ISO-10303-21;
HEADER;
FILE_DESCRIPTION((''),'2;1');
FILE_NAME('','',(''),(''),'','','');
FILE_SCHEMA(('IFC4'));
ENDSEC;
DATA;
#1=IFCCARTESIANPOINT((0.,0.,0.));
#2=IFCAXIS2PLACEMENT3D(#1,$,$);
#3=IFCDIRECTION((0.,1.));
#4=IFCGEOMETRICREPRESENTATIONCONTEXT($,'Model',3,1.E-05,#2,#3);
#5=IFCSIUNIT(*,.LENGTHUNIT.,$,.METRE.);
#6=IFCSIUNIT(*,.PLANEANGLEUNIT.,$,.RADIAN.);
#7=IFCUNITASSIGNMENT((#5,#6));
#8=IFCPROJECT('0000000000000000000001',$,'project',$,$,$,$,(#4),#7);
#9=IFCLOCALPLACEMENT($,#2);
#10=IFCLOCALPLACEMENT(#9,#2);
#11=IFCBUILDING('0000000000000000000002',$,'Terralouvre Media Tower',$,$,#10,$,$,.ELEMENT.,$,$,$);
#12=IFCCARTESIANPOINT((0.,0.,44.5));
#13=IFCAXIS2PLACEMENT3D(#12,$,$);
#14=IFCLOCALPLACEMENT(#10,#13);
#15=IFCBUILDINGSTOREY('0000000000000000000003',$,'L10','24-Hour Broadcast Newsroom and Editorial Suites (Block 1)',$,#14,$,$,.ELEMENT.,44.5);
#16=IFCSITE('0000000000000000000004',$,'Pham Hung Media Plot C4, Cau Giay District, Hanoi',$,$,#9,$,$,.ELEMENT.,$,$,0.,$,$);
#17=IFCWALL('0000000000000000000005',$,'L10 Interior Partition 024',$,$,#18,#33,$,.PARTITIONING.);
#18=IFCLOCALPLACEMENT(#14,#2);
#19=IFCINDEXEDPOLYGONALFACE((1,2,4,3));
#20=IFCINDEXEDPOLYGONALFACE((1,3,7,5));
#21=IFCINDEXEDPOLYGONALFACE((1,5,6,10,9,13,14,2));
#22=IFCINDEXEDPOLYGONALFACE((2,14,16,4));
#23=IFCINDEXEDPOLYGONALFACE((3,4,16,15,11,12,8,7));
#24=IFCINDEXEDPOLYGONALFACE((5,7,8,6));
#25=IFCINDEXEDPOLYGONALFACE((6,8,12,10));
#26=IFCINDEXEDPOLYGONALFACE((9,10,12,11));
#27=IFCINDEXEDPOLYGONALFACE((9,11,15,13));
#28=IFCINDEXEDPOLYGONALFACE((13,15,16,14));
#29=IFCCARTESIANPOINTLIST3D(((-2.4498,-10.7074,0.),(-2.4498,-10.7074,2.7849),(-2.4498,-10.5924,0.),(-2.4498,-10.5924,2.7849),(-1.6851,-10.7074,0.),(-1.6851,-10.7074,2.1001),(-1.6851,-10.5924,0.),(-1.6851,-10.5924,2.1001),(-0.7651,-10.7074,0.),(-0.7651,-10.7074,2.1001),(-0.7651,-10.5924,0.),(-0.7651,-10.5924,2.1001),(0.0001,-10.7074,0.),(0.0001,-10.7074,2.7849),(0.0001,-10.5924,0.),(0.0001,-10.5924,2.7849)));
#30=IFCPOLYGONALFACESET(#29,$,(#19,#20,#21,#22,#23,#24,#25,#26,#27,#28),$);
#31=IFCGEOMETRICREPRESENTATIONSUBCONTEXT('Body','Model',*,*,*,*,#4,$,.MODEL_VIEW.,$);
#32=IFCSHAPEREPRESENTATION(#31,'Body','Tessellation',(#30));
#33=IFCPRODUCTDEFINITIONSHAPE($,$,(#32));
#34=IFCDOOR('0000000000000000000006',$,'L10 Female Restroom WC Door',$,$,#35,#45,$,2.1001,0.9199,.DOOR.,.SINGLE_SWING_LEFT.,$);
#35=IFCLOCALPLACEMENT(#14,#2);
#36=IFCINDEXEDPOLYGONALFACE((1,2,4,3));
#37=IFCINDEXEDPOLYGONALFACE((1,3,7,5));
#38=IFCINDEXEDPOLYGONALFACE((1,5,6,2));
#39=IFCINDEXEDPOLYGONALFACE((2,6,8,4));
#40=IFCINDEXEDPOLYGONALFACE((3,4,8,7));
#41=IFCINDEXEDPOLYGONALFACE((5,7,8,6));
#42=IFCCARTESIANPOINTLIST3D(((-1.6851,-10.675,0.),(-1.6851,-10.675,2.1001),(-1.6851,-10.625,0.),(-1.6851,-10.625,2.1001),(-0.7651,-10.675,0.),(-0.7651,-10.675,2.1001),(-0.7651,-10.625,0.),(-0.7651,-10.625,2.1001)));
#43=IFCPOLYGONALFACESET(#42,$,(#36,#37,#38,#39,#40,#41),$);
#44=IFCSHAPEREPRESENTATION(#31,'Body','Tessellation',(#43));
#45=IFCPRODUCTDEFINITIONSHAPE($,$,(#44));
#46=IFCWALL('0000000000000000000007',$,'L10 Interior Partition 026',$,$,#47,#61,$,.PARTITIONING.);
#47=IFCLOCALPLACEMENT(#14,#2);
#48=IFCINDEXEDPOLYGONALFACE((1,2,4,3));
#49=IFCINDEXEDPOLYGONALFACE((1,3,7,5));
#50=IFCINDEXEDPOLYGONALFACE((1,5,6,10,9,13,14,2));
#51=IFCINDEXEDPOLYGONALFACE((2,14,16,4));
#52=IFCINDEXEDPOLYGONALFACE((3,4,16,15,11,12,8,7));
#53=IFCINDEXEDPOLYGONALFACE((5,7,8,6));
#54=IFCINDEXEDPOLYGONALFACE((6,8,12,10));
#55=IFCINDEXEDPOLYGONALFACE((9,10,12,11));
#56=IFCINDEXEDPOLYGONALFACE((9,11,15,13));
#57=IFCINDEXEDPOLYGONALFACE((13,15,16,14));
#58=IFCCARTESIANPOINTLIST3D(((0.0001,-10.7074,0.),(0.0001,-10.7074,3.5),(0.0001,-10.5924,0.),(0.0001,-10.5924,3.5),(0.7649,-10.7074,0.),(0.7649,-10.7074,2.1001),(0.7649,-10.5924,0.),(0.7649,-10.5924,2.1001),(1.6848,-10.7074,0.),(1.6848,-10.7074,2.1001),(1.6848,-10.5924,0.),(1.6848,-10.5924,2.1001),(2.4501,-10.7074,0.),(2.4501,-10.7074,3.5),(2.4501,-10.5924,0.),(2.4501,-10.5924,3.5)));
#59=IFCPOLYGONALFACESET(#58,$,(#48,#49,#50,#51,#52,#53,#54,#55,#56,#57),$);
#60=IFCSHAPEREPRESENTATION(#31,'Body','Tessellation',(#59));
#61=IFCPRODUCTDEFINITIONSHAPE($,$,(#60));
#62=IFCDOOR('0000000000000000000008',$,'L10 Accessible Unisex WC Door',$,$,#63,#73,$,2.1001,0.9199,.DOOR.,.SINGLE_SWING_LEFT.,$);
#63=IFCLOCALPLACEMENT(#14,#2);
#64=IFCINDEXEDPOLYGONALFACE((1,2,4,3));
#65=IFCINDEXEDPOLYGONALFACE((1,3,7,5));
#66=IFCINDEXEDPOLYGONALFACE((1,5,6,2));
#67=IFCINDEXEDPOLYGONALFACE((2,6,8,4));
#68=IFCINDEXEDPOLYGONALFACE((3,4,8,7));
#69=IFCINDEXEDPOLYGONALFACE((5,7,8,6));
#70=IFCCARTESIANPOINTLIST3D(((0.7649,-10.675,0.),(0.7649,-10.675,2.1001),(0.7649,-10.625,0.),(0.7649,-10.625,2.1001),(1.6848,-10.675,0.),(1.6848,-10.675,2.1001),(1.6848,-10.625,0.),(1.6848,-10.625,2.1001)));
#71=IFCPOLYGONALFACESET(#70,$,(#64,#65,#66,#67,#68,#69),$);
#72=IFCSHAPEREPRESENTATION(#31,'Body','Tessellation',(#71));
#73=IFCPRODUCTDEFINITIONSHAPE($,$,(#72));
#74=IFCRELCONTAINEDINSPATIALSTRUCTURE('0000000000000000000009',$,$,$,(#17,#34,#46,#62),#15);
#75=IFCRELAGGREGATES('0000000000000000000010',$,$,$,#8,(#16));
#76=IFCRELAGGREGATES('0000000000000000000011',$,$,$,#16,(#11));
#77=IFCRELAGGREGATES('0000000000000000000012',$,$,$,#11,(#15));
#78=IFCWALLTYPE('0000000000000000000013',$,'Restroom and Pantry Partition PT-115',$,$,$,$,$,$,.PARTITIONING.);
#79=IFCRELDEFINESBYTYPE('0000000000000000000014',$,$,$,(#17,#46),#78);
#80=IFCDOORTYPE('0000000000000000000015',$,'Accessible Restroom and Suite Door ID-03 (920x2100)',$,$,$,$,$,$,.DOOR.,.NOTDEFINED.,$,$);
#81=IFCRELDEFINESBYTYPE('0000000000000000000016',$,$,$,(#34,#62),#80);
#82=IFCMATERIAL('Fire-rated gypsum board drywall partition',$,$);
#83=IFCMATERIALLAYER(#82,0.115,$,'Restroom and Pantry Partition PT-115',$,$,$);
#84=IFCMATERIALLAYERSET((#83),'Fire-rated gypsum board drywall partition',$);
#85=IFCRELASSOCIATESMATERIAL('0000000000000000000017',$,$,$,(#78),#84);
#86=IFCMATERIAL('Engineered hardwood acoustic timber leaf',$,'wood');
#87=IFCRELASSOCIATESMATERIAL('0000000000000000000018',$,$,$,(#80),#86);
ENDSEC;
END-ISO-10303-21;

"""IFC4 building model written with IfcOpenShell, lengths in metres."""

from ifc_helpers import new_model, si_unit, direction, frame, frame_2d, origin, place, context, subcontext, project, spatial, rectangle, extrude, material, layer, layer_set, type_object, element, fill, save


model = new_model("IFC4")

# Units and contexts
model_context = context("Model", 3, precision=1e-05, world=origin(), true_north=direction((0.0, 1.0)))
body_context = subcontext(model_context, "Body", "Model", "MODEL_VIEW")
ifc_project = project(units=[si_unit("LENGTHUNIT", "METRE"), si_unit("PLANEANGLEUNIT", "RADIAN")], contexts=[model_context])

# Site, building, storey
site_placement = place(None, origin())
site = spatial("IfcSite", under=ifc_project, at=site_placement, Name="Pham Hung Media Plot C4, Cau Giay District, Hanoi", CompositionType="ELEMENT", RefElevation=0.0)
building_placement = place(site_placement, origin())
building = spatial("IfcBuilding", under=site, at=building_placement, Name="Terralouvre Media Tower", CompositionType="ELEMENT")
storey_placement = place(building_placement, frame((0.0, 0.0, 44.5)))
storey = spatial("IfcBuildingStorey", under=building, at=storey_placement, Name="L10", Description="24-Hour Broadcast Newsroom and Editorial Suites (Block 1)", CompositionType="ELEMENT", Elevation=44.5)

# Walls, openings, doors
ifc_material_1 = material(Name="Fire-rated gypsum board drywall partition")
ifc_layer_1 = layer(ifc_material_1, 0.115, Name="Restroom and Pantry Partition PT-115")
ifc_layer_set_1 = layer_set([ifc_layer_1], Name="Fire-rated gypsum board drywall partition")
wall_type_1 = type_object("IfcWallType", Name="Restroom and Pantry Partition PT-115", PredefinedType="PARTITIONING", material=ifc_layer_set_1)
ifc_material_2 = material(Name="Engineered hardwood acoustic timber leaf", Category="wood")
door_type_1 = type_object("IfcDoorType", Name="Accessible Restroom and Suite Door ID-03 (920x2100)", OperationType="NOTDEFINED", PredefinedType="DOOR", material=ifc_material_2)
wall_1_placement = place(storey_placement, frame((-2.45, -10.6499, 0.0), z_axis=(0.0, 0.0, 1.0), x_axis=(1.0, 0.0, 0.0)))
wall_1 = element("IfcWall", 1, at=wall_1_placement, inside=storey, type_object=wall_type_1, Name="L10 Interior Partition 024", PredefinedType="PARTITIONING", context=body_context, shape_type="SweptSolid", body=[
    extrude(rectangle(XDim=2.45, YDim=0.115, at=frame_2d((1.2251, 0.0))), origin(), (0.0, 0.0, 1.0), 2.7849),
])
opening_1_placement = place(wall_1_placement, frame((0.7649, 0.0, 0.0)))
opening_1 = element("IfcOpeningElement", 2, at=opening_1_placement, cuts=wall_1, PredefinedType="OPENING", context=body_context, shape_type="SweptSolid", body=[
    extrude(rectangle(XDim=0.9199, YDim=2.1001, at=frame_2d((0.46, 1.05))), frame((0.0, 0.0674, 0.0), z_axis=(0.0, -1.0, 0.0), x_axis=(1.0, 0.0, 0.0)), (0.0, 0.0, 1.0), 0.135),
])
door_1_placement = place(opening_1_placement, origin())
door_1 = element("IfcDoor", 3, at=door_1_placement, inside=storey, type_object=door_type_1, Name="L10 Female Restroom WC Door", OperationType="SINGLE_SWING_LEFT", OverallHeight=2.1001, OverallWidth=0.9199, PredefinedType="DOOR", context=body_context, shape_type="SweptSolid", body=[
    extrude(rectangle(XDim=0.9199, YDim=2.1001, at=frame_2d((0.46, 1.05))), frame((0.0, 0.0249, 0.0), z_axis=(0.0, -1.0, 0.0), x_axis=(1.0, 0.0, 0.0)), (0.0, 0.0, 1.0), 0.05),
])
fill(opening_1, door_1)
wall_2_placement = place(storey_placement, frame((0.0, -10.6499, 0.0), z_axis=(0.0, 0.0, 1.0), x_axis=(1.0, 0.0, 0.0)))
wall_2 = element("IfcWall", 4, at=wall_2_placement, inside=storey, type_object=wall_type_1, Name="L10 Interior Partition 026", PredefinedType="PARTITIONING", context=body_context, shape_type="SweptSolid", body=[
    extrude(rectangle(XDim=2.45, YDim=0.115, at=frame_2d((1.2251, 0.0))), origin(), (0.0, 0.0, 1.0), 3.5),
])
opening_2_placement = place(wall_2_placement, frame((0.7649, 0.0, 0.0)))
opening_2 = element("IfcOpeningElement", 5, at=opening_2_placement, cuts=wall_2, PredefinedType="OPENING", context=body_context, shape_type="SweptSolid", body=[
    extrude(rectangle(XDim=0.9199, YDim=2.1001, at=frame_2d((0.46, 1.05))), frame((0.0, 0.0674, 0.0), z_axis=(0.0, -1.0, 0.0), x_axis=(1.0, 0.0, 0.0)), (0.0, 0.0, 1.0), 0.135),
])
door_2_placement = place(opening_2_placement, origin())
door_2 = element("IfcDoor", 6, at=door_2_placement, inside=storey, type_object=door_type_1, Name="L10 Accessible Unisex WC Door", OperationType="SINGLE_SWING_LEFT", OverallHeight=2.1001, OverallWidth=0.9199, PredefinedType="DOOR", context=body_context, shape_type="SweptSolid", body=[
    extrude(rectangle(XDim=0.9199, YDim=2.1001, at=frame_2d((0.46, 1.05))), frame((0.0, 0.0249, 0.0), z_axis=(0.0, -1.0, 0.0), x_axis=(1.0, 0.0, 0.0)), (0.0, 0.0, 1.0), 0.05),
])
fill(opening_2, door_2)

save(model, "model.ifc")
